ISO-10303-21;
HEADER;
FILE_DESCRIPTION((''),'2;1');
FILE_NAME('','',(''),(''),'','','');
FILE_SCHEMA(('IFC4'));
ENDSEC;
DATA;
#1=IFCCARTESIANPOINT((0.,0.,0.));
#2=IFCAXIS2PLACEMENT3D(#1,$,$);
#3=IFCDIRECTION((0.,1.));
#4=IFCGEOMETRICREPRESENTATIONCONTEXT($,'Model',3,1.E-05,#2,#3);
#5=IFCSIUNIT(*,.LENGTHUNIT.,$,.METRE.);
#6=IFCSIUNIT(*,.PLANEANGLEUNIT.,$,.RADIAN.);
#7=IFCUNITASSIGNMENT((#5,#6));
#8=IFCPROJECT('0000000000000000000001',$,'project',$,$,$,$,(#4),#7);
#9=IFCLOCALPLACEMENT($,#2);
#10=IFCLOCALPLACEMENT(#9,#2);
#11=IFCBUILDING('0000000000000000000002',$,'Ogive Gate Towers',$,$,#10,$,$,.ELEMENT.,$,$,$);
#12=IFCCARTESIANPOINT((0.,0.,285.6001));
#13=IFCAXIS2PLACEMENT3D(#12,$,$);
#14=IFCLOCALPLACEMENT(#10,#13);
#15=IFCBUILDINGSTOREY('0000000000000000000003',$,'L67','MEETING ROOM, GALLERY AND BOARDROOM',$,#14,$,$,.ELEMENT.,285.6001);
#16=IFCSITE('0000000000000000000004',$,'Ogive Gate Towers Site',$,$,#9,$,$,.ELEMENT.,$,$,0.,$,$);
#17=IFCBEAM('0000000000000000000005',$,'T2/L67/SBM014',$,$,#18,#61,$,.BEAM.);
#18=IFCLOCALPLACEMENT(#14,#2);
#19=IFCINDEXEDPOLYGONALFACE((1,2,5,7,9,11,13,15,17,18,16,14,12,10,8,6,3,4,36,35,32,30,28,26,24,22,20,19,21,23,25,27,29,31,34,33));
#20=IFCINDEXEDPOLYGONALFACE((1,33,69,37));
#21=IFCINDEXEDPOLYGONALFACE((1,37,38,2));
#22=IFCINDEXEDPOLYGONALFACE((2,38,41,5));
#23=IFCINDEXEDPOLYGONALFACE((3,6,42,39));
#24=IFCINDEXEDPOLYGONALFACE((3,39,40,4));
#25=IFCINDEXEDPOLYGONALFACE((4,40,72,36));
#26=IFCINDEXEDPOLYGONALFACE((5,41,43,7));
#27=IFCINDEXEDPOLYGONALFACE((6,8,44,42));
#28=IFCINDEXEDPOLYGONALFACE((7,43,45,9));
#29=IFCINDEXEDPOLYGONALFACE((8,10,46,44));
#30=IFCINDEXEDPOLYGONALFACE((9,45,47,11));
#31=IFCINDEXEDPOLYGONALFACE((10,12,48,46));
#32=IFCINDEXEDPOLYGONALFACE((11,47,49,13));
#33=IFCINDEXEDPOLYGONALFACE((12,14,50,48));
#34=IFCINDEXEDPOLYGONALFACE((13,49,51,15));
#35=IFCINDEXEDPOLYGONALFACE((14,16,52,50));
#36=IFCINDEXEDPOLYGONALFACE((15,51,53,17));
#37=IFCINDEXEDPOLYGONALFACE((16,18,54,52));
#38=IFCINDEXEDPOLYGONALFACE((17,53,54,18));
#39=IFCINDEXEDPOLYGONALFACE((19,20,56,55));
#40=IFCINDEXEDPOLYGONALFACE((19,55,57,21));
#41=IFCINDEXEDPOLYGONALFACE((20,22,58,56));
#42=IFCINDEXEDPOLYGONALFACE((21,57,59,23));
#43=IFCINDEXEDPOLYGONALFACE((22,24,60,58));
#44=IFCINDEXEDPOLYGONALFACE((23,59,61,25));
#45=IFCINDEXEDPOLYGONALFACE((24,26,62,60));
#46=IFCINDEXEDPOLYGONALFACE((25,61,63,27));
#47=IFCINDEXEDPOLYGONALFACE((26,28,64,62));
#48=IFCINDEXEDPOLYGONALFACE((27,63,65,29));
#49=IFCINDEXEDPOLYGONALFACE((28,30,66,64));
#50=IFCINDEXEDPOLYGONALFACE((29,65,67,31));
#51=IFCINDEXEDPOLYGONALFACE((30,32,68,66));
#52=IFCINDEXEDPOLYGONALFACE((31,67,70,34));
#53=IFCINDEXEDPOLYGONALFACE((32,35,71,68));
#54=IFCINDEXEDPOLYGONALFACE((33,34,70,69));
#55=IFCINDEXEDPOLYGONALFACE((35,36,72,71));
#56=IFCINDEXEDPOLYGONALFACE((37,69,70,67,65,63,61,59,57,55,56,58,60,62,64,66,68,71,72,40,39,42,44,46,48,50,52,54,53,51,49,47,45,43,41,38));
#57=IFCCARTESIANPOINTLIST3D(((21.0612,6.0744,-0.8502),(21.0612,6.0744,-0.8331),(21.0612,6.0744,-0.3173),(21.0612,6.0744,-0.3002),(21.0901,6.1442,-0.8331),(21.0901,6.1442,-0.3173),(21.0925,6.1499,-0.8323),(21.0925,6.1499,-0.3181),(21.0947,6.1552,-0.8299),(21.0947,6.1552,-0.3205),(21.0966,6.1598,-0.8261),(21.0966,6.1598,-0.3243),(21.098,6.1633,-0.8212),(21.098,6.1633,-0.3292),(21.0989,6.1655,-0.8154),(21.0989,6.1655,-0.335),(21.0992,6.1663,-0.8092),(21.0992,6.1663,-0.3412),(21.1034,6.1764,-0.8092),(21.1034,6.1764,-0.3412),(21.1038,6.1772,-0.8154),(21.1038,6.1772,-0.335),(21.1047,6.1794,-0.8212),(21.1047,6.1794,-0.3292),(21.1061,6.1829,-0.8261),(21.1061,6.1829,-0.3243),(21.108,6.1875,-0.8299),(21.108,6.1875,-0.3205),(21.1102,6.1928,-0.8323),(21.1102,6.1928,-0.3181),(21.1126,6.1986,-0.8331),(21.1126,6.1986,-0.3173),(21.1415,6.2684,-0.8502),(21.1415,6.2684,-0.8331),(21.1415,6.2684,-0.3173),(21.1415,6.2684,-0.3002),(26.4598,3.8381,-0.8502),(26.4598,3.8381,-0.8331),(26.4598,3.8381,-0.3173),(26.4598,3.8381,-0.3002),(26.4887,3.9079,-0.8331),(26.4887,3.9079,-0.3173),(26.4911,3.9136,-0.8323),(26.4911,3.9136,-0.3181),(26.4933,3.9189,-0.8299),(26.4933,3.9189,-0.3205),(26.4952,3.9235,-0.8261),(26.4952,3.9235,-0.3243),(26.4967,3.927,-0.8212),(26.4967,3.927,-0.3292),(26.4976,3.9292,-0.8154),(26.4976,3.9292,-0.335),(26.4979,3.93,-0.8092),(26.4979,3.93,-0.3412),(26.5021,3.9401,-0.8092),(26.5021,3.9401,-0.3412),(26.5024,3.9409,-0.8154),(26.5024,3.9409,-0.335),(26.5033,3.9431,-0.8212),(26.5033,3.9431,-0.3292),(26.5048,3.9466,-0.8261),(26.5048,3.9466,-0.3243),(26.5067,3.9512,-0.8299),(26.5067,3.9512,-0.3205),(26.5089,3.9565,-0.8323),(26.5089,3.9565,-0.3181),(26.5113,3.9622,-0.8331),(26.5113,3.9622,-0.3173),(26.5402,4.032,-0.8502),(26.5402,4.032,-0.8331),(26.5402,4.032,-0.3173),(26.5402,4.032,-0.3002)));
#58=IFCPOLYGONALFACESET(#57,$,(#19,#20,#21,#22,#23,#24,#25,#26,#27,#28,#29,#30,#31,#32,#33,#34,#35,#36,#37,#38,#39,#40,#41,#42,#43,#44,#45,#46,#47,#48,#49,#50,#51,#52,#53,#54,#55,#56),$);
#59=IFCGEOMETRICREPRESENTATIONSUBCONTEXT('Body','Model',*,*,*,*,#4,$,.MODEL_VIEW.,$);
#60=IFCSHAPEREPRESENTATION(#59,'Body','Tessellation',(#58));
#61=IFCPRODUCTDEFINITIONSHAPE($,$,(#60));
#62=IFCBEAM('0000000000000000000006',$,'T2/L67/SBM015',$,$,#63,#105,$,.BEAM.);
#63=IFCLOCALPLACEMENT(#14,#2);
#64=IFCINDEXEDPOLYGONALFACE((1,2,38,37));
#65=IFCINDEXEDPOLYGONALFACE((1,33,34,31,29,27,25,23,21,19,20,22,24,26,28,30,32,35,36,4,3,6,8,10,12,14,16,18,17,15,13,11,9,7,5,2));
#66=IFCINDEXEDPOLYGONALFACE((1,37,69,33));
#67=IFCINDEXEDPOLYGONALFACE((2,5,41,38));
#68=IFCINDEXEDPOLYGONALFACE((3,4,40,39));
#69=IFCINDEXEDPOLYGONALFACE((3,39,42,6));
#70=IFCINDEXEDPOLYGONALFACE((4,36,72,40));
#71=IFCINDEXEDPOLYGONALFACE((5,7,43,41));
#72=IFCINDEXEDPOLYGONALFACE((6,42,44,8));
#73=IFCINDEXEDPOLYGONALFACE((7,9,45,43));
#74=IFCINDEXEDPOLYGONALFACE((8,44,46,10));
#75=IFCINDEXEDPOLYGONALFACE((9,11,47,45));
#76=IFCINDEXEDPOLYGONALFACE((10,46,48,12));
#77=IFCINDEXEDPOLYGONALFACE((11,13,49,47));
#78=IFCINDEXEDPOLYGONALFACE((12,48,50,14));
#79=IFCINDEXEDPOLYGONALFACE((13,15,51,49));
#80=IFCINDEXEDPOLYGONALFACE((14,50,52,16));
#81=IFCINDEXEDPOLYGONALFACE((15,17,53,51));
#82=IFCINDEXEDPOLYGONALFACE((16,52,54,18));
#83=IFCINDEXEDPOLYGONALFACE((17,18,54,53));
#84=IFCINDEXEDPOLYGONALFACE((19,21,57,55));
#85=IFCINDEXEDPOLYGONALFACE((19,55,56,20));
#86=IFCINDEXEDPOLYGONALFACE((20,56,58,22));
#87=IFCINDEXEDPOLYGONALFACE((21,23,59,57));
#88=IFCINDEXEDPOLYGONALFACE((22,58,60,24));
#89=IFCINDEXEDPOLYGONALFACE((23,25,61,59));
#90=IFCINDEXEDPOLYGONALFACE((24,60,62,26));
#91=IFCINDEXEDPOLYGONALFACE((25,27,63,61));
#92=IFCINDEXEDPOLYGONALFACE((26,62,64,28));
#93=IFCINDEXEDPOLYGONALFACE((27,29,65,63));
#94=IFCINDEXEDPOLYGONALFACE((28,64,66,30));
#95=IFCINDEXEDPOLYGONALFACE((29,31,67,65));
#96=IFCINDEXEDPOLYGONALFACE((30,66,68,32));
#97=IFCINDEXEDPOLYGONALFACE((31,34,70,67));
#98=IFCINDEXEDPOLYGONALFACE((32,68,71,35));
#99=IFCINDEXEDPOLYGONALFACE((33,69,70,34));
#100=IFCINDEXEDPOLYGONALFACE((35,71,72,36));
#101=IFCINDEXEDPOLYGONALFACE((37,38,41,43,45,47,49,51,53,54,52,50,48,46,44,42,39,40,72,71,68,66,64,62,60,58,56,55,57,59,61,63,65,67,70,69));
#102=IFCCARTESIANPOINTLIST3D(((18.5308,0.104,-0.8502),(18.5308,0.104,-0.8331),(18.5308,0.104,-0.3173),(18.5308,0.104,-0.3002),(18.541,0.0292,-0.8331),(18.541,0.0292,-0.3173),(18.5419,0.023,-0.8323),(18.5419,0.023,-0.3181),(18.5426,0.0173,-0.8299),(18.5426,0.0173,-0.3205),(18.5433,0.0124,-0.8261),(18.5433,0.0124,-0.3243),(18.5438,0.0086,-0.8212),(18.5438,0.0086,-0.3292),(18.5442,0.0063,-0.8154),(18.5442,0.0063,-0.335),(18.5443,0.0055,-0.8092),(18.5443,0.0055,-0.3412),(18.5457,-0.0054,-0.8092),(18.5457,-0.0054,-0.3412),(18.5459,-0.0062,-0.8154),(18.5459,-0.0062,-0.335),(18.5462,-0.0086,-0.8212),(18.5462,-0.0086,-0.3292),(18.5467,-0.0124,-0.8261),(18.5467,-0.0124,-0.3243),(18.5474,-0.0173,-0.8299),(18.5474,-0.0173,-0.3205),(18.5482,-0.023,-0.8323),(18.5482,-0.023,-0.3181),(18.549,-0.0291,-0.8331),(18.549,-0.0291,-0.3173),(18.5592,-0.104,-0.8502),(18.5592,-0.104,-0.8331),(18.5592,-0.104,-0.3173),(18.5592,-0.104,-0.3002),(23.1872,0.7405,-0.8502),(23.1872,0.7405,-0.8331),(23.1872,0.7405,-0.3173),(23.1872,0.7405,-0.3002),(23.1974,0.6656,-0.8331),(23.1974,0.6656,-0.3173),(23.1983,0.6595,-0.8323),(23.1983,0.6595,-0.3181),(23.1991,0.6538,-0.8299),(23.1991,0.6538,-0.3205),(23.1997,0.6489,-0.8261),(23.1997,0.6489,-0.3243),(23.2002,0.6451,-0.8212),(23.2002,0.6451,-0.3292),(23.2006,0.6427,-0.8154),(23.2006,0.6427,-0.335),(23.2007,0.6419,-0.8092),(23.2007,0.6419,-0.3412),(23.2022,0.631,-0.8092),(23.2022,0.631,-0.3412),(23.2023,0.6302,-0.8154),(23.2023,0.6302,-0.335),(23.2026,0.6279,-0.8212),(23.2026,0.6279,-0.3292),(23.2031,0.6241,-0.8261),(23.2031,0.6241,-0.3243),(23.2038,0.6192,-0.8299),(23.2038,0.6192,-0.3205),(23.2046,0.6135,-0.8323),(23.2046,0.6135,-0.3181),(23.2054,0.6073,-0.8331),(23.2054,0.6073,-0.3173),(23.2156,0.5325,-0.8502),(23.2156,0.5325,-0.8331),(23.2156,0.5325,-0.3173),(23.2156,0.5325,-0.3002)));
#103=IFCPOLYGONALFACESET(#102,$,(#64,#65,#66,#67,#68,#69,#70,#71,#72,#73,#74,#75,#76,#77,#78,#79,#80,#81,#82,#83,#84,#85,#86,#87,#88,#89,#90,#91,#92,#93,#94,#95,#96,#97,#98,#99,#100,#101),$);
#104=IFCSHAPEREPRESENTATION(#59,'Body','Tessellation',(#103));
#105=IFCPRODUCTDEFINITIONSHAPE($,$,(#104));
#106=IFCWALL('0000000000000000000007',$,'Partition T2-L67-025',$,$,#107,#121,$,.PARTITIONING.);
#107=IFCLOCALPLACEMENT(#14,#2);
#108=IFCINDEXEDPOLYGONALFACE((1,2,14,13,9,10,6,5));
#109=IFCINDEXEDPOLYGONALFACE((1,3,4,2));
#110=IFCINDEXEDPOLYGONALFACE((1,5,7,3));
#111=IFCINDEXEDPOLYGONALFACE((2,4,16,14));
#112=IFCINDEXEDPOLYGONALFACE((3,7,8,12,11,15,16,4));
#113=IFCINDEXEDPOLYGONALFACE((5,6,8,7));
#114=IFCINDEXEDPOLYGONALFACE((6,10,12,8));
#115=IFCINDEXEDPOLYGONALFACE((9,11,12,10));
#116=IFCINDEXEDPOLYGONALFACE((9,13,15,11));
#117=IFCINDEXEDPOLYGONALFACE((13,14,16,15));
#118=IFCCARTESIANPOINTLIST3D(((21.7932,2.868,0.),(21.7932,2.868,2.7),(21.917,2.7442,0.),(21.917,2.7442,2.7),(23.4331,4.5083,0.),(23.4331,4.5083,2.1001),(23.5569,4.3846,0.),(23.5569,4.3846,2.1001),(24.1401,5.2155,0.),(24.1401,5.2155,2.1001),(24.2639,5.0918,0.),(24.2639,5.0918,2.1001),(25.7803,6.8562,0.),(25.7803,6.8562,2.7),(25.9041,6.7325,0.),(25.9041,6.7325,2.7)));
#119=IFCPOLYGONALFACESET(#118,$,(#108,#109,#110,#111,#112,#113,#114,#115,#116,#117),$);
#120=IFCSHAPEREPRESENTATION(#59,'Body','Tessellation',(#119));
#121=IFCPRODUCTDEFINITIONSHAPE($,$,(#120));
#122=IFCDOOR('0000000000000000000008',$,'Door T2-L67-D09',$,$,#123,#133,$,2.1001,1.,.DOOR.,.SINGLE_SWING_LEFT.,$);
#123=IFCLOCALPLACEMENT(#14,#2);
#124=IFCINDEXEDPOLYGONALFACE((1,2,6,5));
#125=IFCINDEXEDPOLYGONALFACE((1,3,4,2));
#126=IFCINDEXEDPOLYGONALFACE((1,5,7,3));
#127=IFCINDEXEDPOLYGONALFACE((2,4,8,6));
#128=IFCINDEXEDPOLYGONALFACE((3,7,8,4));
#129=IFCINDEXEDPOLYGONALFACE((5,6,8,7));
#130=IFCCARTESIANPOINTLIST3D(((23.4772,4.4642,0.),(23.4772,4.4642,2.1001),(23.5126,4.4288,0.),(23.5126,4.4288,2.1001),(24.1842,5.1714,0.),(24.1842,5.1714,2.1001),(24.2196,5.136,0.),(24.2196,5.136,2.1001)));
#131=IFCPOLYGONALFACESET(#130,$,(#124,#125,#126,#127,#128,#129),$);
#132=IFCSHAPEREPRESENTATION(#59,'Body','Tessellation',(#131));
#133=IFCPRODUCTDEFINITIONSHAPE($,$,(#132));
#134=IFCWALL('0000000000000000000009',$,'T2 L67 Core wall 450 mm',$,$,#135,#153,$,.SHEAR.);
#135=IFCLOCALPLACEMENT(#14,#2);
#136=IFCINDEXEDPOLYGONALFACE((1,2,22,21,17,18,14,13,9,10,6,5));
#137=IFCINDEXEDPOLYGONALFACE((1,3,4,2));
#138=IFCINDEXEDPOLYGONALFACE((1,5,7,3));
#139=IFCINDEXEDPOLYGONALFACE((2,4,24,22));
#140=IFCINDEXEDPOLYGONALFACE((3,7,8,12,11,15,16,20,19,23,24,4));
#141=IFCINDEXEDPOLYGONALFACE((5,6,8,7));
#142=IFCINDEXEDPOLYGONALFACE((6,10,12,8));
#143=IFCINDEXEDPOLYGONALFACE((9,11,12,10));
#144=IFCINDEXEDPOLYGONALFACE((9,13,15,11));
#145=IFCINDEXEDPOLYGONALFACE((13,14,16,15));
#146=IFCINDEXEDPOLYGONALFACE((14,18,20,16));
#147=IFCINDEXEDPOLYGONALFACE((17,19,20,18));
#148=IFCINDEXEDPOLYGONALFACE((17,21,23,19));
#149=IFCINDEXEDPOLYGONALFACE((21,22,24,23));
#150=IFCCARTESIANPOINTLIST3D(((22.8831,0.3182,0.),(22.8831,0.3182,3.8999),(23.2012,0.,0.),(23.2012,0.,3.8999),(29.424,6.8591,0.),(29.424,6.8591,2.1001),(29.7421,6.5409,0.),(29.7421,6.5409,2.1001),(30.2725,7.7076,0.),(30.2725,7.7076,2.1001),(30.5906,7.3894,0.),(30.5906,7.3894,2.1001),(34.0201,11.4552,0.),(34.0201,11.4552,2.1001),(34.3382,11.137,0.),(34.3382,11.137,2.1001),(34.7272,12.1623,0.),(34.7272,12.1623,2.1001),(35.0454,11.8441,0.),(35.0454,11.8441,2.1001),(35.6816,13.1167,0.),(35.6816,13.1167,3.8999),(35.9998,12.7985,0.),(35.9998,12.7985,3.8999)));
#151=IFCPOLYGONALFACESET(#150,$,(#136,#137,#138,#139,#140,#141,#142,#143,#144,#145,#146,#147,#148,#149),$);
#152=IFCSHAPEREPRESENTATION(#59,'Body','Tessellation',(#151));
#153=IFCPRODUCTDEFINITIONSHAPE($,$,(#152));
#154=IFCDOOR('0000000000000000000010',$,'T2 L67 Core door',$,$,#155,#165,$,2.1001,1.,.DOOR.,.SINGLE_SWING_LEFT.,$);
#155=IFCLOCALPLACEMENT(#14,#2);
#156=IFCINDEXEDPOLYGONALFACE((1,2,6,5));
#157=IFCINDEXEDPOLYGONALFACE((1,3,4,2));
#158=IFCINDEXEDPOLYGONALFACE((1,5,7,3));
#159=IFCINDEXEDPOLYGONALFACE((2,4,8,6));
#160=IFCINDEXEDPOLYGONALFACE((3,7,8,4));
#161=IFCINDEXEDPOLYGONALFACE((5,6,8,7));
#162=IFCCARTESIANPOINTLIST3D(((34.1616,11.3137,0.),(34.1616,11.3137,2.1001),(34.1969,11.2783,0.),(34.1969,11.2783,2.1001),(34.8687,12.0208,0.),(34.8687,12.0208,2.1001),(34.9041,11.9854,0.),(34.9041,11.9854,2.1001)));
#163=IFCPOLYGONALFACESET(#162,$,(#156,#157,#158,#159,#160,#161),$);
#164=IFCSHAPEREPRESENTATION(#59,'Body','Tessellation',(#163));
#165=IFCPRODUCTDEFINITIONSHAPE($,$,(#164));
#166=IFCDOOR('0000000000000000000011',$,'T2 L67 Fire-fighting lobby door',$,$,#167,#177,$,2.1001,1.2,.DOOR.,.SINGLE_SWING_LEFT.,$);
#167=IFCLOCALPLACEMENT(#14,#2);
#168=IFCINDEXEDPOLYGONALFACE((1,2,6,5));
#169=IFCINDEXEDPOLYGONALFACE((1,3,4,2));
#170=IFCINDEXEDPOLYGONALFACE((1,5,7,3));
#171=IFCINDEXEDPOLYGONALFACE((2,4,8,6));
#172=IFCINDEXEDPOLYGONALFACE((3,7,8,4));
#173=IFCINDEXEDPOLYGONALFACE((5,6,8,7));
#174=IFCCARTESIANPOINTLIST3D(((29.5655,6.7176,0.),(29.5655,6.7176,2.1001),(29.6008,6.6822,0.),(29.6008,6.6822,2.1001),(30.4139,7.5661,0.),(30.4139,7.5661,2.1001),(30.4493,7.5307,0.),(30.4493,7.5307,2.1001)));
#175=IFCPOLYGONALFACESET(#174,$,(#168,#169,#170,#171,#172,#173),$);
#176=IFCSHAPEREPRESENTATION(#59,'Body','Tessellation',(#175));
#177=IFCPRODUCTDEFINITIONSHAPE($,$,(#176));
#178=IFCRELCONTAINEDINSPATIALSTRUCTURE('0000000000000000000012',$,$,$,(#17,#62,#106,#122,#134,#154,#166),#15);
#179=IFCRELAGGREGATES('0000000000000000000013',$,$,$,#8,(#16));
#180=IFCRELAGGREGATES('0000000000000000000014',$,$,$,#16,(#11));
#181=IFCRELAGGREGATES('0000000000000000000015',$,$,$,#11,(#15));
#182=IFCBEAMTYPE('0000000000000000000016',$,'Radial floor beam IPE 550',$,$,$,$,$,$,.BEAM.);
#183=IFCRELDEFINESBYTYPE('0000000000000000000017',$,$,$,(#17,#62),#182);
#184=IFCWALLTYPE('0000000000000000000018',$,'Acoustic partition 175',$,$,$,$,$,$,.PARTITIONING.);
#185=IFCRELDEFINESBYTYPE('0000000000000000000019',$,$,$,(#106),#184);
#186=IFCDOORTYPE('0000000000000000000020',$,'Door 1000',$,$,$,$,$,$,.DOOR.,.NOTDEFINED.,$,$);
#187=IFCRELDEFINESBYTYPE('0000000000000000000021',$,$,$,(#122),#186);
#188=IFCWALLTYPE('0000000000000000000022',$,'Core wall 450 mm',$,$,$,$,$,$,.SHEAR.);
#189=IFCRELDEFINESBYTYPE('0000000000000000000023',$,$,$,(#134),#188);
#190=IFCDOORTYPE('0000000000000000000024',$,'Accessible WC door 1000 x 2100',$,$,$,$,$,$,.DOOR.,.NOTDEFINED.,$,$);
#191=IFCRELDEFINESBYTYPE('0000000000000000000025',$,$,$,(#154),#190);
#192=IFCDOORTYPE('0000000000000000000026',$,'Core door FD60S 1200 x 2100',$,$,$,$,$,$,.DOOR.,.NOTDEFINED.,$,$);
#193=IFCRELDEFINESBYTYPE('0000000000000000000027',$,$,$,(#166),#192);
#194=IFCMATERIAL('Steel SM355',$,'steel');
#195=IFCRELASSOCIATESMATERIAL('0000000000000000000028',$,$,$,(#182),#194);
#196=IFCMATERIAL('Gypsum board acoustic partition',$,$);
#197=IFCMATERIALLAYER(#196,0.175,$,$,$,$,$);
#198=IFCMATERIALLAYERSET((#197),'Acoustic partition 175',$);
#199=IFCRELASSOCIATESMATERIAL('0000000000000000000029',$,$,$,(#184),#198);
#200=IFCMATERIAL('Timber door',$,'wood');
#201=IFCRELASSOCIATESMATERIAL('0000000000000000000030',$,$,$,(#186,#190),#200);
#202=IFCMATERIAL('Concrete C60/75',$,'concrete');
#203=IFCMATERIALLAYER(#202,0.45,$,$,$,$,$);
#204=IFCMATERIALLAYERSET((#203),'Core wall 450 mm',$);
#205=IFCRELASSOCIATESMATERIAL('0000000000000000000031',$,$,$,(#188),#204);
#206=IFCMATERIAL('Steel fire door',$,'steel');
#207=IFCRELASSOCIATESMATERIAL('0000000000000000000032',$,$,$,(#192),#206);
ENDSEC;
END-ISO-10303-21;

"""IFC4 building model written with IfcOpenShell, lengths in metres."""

from ifc_helpers import new_model, si_unit, direction, frame, frame_2d, origin, origin_2d, place, context, subcontext, project, spatial, rectangle, i_section, extrude, material, layer, layer_set, material_profile, profile_set, type_object, element, fill, save


model = new_model("IFC4")

# Units and contexts
model_context = context("Model", 3, precision=1e-05, world=origin(), true_north=direction((0.0, 1.0)))
body_context = subcontext(model_context, "Body", "Model", "MODEL_VIEW")
ifc_project = project(units=[si_unit("LENGTHUNIT", "METRE"), si_unit("PLANEANGLEUNIT", "RADIAN")], contexts=[model_context])

# Site, building, storey
site_placement = place(None, origin())
site = spatial("IfcSite", under=ifc_project, at=site_placement, Name="Ogive Gate Towers Site", CompositionType="ELEMENT", RefElevation=0.0)
building_placement = place(site_placement, origin())
building = spatial("IfcBuilding", under=site, at=building_placement, Name="Ogive Gate Towers", CompositionType="ELEMENT")
storey_placement = place(building_placement, frame((0.0, 0.0, 285.6001)))
storey = spatial("IfcBuildingStorey", under=building, at=storey_placement, Name="L67", Description="MEETING ROOM, GALLERY AND BOARDROOM", CompositionType="ELEMENT", Elevation=285.6001)

# Beams
ifc_material_1 = material(Name="Steel SM355", Category="steel")
ifc_material_profile_1 = material_profile(ifc_material_1, i_section(OverallWidth=0.21, OverallDepth=0.55, WebThickness=0.011, FlangeThickness=0.0171, FilletRadius=0.0239, at=origin_2d()), Name="IPE 550")
ifc_profile_set_1 = profile_set([ifc_material_profile_1], Name="Steel SM355")
beam_type_1 = type_object("IfcBeamType", Name="Radial floor beam IPE 550", PredefinedType="BEAM", material=ifc_profile_set_1)
beam_1_placement = place(storey_placement, frame((26.5, 3.9351, -0.5752), z_axis=(-0.923872, 0.382701, 0.0), x_axis=(-0.382701, -0.923872, 0.0)))
element("IfcBeam", 1, at=beam_1_placement, inside=storey, type_object=beam_type_1, Name="T2/L67/SBM014", PredefinedType="BEAM", context=body_context, shape_type="SweptSolid", body=[
    extrude(i_section(OverallWidth=0.21, OverallDepth=0.55, WebThickness=0.011, FlangeThickness=0.0171, FilletRadius=0.0239, at=origin_2d()), origin(), (0.0, 0.0, 1.0), 5.8435),
])
beam_2_placement = place(storey_placement, frame((23.2014, 0.6365, -0.5752), z_axis=(-0.990787, -0.135426, 0.0), x_axis=(0.135426, -0.990787, 0.0)))
element("IfcBeam", 2, at=beam_2_placement, inside=storey, type_object=beam_type_1, Name="T2/L67/SBM015", PredefinedType="BEAM", context=body_context, shape_type="SweptSolid", body=[
    extrude(i_section(OverallWidth=0.21, OverallDepth=0.55, WebThickness=0.011, FlangeThickness=0.0171, FilletRadius=0.0239, at=origin_2d()), origin(), (0.0, 0.0, 1.0), 4.6997),
])

# Wall, opening, door
ifc_material_2 = material(Name="Gypsum board acoustic partition")
ifc_layer_1 = layer(ifc_material_2, 0.175)
ifc_layer_set_1 = layer_set([ifc_layer_1], Name="Acoustic partition 175")
wall_type_1 = type_object("IfcWallType", Name="Acoustic partition 175", PredefinedType="PARTITIONING", material=ifc_layer_set_1)
wall_1_placement = place(storey_placement, frame((25.8423, 6.7944, 0.0), z_axis=(0.0, 0.0, 1.0), x_axis=(-0.706999, -0.707215, 0.0)))
wall_1 = element("IfcWall", 3, at=wall_1_placement, inside=storey, type_object=wall_type_1, Name="Partition T2-L67-025", PredefinedType="PARTITIONING", context=body_context, shape_type="SweptSolid", body=[
    extrude(rectangle(XDim=5.6394, YDim=0.175, at=frame_2d((2.8198, 0.0))), origin(), (0.0, 0.0, 1.0), 2.7),
])
opening_1_placement = place(wall_1_placement, frame((2.3201, 0.0, 0.0)))
opening_1 = element("IfcOpeningElement", 4, at=opening_1_placement, cuts=wall_1, PredefinedType="OPENING", context=body_context, shape_type="SweptSolid", body=[
    extrude(rectangle(XDim=1.0, YDim=2.1001, at=frame_2d((0.5, 1.05))), frame((0.0, 0.0977, 0.0), z_axis=(0.0, -1.0, 0.0), x_axis=(1.0, 0.0, 0.0)), (0.0, 0.0, 1.0), 0.1951),
])
ifc_material_3 = material(Name="Timber door", Category="wood")
door_type_1 = type_object("IfcDoorType", Name="Door 1000", OperationType="NOTDEFINED", PredefinedType="DOOR", material=ifc_material_3)
door_1_placement = place(opening_1_placement, origin())
door_1 = element("IfcDoor", 5, at=door_1_placement, inside=storey, type_object=door_type_1, Name="Door T2-L67-D09", OperationType="SINGLE_SWING_LEFT", OverallHeight=2.1001, OverallWidth=1.0, PredefinedType="DOOR", context=body_context, shape_type="SweptSolid", body=[
    extrude(rectangle(XDim=1.0, YDim=2.1001, at=frame_2d((0.5, 1.05))), frame((0.0, 0.0249, 0.0), z_axis=(0.0, -1.0, 0.0), x_axis=(1.0, 0.0, 0.0)), (0.0, 0.0, 1.0), 0.05),
])
fill(opening_1, door_1)

# Wall, openings, doors
ifc_material_4 = material(Name="Concrete C60/75", Category="concrete")
ifc_layer_2 = layer(ifc_material_4, 0.45)
ifc_layer_set_2 = layer_set([ifc_layer_2], Name="Core wall 450 mm")
wall_type_2 = type_object("IfcWallType", Name="Core wall 450 mm", PredefinedType="SHEAR", material=ifc_layer_set_2)
wall_2_placement = place(storey_placement, frame((23.0422, 0.1592, 0.0), z_axis=(0.0, 0.0, 1.0), x_axis=(0.707107, 0.707107, 0.0)))
wall_2 = element("IfcWall", 6, at=wall_2_placement, inside=storey, type_object=wall_type_2, Name="T2 L67 Core wall 450 mm", PredefinedType="SHEAR", context=body_context, shape_type="SweptSolid", body=[
    extrude(rectangle(XDim=18.0999, YDim=0.45, at=frame_2d((9.0498, 0.0))), origin(), (0.0, 0.0, 1.0), 3.8999),
])
opening_2_placement = place(wall_2_placement, frame((9.25, 0.0, 0.0)))
opening_2 = element("IfcOpeningElement", 7, at=opening_2_placement, cuts=wall_2, PredefinedType="OPENING", context=body_context, shape_type="SweptSolid", body=[
    extrude(rectangle(XDim=1.2, YDim=2.1001, at=frame_2d((0.6001, 1.05))), frame((0.0, 0.2349, 0.0), z_axis=(0.0, -1.0, 0.0), x_axis=(1.0, 0.0, 0.0)), (0.0, 0.0, 1.0), 0.47),
])
opening_3_placement = place(wall_2_placement, frame((15.75, 0.0, 0.0)))
opening_3 = element("IfcOpeningElement", 8, at=opening_3_placement, cuts=wall_2, PredefinedType="OPENING", context=body_context, shape_type="SweptSolid", body=[
    extrude(rectangle(XDim=1.0, YDim=2.1001, at=frame_2d((0.5, 1.05))), frame((0.0, 0.2349, 0.0), z_axis=(0.0, -1.0, 0.0), x_axis=(1.0, 0.0, 0.0)), (0.0, 0.0, 1.0), 0.47),
])
door_type_2 = type_object("IfcDoorType", Name="Accessible WC door 1000 x 2100", OperationType="NOTDEFINED", PredefinedType="DOOR", material=ifc_material_3)
door_2_placement = place(opening_3_placement, origin())
door_2 = element("IfcDoor", 9, at=door_2_placement, inside=storey, type_object=door_type_2, Name="T2 L67 Core door", OperationType="SINGLE_SWING_LEFT", OverallHeight=2.1001, OverallWidth=1.0, PredefinedType="DOOR", context=body_context, shape_type="SweptSolid", body=[
    extrude(rectangle(XDim=1.0, YDim=2.1001, at=frame_2d((0.5, 1.05))), frame((0.0, 0.0249, 0.0), z_axis=(0.0, -1.0, 0.0), x_axis=(1.0, 0.0, 0.0)), (0.0, 0.0, 1.0), 0.05),
])
fill(opening_3, door_2)
ifc_material_5 = material(Name="Steel fire door", Category="steel")
door_type_3 = type_object("IfcDoorType", Name="Core door FD60S 1200 x 2100", OperationType="NOTDEFINED", PredefinedType="DOOR", material=ifc_material_5)
door_3_placement = place(opening_2_placement, origin())
door_3 = element("IfcDoor", 10, at=door_3_placement, inside=storey, type_object=door_type_3, Name="T2 L67 Fire-fighting lobby door", OperationType="SINGLE_SWING_LEFT", OverallHeight=2.1001, OverallWidth=1.2, PredefinedType="DOOR", context=body_context, shape_type="SweptSolid", body=[
    extrude(rectangle(XDim=1.2, YDim=2.1001, at=frame_2d((0.6001, 1.05))), frame((0.0, 0.0249, 0.0), z_axis=(0.0, -1.0, 0.0), x_axis=(1.0, 0.0, 0.0)), (0.0, 0.0, 1.0), 0.05),
])
fill(opening_2, door_3)

save(model, "model.ifc")
